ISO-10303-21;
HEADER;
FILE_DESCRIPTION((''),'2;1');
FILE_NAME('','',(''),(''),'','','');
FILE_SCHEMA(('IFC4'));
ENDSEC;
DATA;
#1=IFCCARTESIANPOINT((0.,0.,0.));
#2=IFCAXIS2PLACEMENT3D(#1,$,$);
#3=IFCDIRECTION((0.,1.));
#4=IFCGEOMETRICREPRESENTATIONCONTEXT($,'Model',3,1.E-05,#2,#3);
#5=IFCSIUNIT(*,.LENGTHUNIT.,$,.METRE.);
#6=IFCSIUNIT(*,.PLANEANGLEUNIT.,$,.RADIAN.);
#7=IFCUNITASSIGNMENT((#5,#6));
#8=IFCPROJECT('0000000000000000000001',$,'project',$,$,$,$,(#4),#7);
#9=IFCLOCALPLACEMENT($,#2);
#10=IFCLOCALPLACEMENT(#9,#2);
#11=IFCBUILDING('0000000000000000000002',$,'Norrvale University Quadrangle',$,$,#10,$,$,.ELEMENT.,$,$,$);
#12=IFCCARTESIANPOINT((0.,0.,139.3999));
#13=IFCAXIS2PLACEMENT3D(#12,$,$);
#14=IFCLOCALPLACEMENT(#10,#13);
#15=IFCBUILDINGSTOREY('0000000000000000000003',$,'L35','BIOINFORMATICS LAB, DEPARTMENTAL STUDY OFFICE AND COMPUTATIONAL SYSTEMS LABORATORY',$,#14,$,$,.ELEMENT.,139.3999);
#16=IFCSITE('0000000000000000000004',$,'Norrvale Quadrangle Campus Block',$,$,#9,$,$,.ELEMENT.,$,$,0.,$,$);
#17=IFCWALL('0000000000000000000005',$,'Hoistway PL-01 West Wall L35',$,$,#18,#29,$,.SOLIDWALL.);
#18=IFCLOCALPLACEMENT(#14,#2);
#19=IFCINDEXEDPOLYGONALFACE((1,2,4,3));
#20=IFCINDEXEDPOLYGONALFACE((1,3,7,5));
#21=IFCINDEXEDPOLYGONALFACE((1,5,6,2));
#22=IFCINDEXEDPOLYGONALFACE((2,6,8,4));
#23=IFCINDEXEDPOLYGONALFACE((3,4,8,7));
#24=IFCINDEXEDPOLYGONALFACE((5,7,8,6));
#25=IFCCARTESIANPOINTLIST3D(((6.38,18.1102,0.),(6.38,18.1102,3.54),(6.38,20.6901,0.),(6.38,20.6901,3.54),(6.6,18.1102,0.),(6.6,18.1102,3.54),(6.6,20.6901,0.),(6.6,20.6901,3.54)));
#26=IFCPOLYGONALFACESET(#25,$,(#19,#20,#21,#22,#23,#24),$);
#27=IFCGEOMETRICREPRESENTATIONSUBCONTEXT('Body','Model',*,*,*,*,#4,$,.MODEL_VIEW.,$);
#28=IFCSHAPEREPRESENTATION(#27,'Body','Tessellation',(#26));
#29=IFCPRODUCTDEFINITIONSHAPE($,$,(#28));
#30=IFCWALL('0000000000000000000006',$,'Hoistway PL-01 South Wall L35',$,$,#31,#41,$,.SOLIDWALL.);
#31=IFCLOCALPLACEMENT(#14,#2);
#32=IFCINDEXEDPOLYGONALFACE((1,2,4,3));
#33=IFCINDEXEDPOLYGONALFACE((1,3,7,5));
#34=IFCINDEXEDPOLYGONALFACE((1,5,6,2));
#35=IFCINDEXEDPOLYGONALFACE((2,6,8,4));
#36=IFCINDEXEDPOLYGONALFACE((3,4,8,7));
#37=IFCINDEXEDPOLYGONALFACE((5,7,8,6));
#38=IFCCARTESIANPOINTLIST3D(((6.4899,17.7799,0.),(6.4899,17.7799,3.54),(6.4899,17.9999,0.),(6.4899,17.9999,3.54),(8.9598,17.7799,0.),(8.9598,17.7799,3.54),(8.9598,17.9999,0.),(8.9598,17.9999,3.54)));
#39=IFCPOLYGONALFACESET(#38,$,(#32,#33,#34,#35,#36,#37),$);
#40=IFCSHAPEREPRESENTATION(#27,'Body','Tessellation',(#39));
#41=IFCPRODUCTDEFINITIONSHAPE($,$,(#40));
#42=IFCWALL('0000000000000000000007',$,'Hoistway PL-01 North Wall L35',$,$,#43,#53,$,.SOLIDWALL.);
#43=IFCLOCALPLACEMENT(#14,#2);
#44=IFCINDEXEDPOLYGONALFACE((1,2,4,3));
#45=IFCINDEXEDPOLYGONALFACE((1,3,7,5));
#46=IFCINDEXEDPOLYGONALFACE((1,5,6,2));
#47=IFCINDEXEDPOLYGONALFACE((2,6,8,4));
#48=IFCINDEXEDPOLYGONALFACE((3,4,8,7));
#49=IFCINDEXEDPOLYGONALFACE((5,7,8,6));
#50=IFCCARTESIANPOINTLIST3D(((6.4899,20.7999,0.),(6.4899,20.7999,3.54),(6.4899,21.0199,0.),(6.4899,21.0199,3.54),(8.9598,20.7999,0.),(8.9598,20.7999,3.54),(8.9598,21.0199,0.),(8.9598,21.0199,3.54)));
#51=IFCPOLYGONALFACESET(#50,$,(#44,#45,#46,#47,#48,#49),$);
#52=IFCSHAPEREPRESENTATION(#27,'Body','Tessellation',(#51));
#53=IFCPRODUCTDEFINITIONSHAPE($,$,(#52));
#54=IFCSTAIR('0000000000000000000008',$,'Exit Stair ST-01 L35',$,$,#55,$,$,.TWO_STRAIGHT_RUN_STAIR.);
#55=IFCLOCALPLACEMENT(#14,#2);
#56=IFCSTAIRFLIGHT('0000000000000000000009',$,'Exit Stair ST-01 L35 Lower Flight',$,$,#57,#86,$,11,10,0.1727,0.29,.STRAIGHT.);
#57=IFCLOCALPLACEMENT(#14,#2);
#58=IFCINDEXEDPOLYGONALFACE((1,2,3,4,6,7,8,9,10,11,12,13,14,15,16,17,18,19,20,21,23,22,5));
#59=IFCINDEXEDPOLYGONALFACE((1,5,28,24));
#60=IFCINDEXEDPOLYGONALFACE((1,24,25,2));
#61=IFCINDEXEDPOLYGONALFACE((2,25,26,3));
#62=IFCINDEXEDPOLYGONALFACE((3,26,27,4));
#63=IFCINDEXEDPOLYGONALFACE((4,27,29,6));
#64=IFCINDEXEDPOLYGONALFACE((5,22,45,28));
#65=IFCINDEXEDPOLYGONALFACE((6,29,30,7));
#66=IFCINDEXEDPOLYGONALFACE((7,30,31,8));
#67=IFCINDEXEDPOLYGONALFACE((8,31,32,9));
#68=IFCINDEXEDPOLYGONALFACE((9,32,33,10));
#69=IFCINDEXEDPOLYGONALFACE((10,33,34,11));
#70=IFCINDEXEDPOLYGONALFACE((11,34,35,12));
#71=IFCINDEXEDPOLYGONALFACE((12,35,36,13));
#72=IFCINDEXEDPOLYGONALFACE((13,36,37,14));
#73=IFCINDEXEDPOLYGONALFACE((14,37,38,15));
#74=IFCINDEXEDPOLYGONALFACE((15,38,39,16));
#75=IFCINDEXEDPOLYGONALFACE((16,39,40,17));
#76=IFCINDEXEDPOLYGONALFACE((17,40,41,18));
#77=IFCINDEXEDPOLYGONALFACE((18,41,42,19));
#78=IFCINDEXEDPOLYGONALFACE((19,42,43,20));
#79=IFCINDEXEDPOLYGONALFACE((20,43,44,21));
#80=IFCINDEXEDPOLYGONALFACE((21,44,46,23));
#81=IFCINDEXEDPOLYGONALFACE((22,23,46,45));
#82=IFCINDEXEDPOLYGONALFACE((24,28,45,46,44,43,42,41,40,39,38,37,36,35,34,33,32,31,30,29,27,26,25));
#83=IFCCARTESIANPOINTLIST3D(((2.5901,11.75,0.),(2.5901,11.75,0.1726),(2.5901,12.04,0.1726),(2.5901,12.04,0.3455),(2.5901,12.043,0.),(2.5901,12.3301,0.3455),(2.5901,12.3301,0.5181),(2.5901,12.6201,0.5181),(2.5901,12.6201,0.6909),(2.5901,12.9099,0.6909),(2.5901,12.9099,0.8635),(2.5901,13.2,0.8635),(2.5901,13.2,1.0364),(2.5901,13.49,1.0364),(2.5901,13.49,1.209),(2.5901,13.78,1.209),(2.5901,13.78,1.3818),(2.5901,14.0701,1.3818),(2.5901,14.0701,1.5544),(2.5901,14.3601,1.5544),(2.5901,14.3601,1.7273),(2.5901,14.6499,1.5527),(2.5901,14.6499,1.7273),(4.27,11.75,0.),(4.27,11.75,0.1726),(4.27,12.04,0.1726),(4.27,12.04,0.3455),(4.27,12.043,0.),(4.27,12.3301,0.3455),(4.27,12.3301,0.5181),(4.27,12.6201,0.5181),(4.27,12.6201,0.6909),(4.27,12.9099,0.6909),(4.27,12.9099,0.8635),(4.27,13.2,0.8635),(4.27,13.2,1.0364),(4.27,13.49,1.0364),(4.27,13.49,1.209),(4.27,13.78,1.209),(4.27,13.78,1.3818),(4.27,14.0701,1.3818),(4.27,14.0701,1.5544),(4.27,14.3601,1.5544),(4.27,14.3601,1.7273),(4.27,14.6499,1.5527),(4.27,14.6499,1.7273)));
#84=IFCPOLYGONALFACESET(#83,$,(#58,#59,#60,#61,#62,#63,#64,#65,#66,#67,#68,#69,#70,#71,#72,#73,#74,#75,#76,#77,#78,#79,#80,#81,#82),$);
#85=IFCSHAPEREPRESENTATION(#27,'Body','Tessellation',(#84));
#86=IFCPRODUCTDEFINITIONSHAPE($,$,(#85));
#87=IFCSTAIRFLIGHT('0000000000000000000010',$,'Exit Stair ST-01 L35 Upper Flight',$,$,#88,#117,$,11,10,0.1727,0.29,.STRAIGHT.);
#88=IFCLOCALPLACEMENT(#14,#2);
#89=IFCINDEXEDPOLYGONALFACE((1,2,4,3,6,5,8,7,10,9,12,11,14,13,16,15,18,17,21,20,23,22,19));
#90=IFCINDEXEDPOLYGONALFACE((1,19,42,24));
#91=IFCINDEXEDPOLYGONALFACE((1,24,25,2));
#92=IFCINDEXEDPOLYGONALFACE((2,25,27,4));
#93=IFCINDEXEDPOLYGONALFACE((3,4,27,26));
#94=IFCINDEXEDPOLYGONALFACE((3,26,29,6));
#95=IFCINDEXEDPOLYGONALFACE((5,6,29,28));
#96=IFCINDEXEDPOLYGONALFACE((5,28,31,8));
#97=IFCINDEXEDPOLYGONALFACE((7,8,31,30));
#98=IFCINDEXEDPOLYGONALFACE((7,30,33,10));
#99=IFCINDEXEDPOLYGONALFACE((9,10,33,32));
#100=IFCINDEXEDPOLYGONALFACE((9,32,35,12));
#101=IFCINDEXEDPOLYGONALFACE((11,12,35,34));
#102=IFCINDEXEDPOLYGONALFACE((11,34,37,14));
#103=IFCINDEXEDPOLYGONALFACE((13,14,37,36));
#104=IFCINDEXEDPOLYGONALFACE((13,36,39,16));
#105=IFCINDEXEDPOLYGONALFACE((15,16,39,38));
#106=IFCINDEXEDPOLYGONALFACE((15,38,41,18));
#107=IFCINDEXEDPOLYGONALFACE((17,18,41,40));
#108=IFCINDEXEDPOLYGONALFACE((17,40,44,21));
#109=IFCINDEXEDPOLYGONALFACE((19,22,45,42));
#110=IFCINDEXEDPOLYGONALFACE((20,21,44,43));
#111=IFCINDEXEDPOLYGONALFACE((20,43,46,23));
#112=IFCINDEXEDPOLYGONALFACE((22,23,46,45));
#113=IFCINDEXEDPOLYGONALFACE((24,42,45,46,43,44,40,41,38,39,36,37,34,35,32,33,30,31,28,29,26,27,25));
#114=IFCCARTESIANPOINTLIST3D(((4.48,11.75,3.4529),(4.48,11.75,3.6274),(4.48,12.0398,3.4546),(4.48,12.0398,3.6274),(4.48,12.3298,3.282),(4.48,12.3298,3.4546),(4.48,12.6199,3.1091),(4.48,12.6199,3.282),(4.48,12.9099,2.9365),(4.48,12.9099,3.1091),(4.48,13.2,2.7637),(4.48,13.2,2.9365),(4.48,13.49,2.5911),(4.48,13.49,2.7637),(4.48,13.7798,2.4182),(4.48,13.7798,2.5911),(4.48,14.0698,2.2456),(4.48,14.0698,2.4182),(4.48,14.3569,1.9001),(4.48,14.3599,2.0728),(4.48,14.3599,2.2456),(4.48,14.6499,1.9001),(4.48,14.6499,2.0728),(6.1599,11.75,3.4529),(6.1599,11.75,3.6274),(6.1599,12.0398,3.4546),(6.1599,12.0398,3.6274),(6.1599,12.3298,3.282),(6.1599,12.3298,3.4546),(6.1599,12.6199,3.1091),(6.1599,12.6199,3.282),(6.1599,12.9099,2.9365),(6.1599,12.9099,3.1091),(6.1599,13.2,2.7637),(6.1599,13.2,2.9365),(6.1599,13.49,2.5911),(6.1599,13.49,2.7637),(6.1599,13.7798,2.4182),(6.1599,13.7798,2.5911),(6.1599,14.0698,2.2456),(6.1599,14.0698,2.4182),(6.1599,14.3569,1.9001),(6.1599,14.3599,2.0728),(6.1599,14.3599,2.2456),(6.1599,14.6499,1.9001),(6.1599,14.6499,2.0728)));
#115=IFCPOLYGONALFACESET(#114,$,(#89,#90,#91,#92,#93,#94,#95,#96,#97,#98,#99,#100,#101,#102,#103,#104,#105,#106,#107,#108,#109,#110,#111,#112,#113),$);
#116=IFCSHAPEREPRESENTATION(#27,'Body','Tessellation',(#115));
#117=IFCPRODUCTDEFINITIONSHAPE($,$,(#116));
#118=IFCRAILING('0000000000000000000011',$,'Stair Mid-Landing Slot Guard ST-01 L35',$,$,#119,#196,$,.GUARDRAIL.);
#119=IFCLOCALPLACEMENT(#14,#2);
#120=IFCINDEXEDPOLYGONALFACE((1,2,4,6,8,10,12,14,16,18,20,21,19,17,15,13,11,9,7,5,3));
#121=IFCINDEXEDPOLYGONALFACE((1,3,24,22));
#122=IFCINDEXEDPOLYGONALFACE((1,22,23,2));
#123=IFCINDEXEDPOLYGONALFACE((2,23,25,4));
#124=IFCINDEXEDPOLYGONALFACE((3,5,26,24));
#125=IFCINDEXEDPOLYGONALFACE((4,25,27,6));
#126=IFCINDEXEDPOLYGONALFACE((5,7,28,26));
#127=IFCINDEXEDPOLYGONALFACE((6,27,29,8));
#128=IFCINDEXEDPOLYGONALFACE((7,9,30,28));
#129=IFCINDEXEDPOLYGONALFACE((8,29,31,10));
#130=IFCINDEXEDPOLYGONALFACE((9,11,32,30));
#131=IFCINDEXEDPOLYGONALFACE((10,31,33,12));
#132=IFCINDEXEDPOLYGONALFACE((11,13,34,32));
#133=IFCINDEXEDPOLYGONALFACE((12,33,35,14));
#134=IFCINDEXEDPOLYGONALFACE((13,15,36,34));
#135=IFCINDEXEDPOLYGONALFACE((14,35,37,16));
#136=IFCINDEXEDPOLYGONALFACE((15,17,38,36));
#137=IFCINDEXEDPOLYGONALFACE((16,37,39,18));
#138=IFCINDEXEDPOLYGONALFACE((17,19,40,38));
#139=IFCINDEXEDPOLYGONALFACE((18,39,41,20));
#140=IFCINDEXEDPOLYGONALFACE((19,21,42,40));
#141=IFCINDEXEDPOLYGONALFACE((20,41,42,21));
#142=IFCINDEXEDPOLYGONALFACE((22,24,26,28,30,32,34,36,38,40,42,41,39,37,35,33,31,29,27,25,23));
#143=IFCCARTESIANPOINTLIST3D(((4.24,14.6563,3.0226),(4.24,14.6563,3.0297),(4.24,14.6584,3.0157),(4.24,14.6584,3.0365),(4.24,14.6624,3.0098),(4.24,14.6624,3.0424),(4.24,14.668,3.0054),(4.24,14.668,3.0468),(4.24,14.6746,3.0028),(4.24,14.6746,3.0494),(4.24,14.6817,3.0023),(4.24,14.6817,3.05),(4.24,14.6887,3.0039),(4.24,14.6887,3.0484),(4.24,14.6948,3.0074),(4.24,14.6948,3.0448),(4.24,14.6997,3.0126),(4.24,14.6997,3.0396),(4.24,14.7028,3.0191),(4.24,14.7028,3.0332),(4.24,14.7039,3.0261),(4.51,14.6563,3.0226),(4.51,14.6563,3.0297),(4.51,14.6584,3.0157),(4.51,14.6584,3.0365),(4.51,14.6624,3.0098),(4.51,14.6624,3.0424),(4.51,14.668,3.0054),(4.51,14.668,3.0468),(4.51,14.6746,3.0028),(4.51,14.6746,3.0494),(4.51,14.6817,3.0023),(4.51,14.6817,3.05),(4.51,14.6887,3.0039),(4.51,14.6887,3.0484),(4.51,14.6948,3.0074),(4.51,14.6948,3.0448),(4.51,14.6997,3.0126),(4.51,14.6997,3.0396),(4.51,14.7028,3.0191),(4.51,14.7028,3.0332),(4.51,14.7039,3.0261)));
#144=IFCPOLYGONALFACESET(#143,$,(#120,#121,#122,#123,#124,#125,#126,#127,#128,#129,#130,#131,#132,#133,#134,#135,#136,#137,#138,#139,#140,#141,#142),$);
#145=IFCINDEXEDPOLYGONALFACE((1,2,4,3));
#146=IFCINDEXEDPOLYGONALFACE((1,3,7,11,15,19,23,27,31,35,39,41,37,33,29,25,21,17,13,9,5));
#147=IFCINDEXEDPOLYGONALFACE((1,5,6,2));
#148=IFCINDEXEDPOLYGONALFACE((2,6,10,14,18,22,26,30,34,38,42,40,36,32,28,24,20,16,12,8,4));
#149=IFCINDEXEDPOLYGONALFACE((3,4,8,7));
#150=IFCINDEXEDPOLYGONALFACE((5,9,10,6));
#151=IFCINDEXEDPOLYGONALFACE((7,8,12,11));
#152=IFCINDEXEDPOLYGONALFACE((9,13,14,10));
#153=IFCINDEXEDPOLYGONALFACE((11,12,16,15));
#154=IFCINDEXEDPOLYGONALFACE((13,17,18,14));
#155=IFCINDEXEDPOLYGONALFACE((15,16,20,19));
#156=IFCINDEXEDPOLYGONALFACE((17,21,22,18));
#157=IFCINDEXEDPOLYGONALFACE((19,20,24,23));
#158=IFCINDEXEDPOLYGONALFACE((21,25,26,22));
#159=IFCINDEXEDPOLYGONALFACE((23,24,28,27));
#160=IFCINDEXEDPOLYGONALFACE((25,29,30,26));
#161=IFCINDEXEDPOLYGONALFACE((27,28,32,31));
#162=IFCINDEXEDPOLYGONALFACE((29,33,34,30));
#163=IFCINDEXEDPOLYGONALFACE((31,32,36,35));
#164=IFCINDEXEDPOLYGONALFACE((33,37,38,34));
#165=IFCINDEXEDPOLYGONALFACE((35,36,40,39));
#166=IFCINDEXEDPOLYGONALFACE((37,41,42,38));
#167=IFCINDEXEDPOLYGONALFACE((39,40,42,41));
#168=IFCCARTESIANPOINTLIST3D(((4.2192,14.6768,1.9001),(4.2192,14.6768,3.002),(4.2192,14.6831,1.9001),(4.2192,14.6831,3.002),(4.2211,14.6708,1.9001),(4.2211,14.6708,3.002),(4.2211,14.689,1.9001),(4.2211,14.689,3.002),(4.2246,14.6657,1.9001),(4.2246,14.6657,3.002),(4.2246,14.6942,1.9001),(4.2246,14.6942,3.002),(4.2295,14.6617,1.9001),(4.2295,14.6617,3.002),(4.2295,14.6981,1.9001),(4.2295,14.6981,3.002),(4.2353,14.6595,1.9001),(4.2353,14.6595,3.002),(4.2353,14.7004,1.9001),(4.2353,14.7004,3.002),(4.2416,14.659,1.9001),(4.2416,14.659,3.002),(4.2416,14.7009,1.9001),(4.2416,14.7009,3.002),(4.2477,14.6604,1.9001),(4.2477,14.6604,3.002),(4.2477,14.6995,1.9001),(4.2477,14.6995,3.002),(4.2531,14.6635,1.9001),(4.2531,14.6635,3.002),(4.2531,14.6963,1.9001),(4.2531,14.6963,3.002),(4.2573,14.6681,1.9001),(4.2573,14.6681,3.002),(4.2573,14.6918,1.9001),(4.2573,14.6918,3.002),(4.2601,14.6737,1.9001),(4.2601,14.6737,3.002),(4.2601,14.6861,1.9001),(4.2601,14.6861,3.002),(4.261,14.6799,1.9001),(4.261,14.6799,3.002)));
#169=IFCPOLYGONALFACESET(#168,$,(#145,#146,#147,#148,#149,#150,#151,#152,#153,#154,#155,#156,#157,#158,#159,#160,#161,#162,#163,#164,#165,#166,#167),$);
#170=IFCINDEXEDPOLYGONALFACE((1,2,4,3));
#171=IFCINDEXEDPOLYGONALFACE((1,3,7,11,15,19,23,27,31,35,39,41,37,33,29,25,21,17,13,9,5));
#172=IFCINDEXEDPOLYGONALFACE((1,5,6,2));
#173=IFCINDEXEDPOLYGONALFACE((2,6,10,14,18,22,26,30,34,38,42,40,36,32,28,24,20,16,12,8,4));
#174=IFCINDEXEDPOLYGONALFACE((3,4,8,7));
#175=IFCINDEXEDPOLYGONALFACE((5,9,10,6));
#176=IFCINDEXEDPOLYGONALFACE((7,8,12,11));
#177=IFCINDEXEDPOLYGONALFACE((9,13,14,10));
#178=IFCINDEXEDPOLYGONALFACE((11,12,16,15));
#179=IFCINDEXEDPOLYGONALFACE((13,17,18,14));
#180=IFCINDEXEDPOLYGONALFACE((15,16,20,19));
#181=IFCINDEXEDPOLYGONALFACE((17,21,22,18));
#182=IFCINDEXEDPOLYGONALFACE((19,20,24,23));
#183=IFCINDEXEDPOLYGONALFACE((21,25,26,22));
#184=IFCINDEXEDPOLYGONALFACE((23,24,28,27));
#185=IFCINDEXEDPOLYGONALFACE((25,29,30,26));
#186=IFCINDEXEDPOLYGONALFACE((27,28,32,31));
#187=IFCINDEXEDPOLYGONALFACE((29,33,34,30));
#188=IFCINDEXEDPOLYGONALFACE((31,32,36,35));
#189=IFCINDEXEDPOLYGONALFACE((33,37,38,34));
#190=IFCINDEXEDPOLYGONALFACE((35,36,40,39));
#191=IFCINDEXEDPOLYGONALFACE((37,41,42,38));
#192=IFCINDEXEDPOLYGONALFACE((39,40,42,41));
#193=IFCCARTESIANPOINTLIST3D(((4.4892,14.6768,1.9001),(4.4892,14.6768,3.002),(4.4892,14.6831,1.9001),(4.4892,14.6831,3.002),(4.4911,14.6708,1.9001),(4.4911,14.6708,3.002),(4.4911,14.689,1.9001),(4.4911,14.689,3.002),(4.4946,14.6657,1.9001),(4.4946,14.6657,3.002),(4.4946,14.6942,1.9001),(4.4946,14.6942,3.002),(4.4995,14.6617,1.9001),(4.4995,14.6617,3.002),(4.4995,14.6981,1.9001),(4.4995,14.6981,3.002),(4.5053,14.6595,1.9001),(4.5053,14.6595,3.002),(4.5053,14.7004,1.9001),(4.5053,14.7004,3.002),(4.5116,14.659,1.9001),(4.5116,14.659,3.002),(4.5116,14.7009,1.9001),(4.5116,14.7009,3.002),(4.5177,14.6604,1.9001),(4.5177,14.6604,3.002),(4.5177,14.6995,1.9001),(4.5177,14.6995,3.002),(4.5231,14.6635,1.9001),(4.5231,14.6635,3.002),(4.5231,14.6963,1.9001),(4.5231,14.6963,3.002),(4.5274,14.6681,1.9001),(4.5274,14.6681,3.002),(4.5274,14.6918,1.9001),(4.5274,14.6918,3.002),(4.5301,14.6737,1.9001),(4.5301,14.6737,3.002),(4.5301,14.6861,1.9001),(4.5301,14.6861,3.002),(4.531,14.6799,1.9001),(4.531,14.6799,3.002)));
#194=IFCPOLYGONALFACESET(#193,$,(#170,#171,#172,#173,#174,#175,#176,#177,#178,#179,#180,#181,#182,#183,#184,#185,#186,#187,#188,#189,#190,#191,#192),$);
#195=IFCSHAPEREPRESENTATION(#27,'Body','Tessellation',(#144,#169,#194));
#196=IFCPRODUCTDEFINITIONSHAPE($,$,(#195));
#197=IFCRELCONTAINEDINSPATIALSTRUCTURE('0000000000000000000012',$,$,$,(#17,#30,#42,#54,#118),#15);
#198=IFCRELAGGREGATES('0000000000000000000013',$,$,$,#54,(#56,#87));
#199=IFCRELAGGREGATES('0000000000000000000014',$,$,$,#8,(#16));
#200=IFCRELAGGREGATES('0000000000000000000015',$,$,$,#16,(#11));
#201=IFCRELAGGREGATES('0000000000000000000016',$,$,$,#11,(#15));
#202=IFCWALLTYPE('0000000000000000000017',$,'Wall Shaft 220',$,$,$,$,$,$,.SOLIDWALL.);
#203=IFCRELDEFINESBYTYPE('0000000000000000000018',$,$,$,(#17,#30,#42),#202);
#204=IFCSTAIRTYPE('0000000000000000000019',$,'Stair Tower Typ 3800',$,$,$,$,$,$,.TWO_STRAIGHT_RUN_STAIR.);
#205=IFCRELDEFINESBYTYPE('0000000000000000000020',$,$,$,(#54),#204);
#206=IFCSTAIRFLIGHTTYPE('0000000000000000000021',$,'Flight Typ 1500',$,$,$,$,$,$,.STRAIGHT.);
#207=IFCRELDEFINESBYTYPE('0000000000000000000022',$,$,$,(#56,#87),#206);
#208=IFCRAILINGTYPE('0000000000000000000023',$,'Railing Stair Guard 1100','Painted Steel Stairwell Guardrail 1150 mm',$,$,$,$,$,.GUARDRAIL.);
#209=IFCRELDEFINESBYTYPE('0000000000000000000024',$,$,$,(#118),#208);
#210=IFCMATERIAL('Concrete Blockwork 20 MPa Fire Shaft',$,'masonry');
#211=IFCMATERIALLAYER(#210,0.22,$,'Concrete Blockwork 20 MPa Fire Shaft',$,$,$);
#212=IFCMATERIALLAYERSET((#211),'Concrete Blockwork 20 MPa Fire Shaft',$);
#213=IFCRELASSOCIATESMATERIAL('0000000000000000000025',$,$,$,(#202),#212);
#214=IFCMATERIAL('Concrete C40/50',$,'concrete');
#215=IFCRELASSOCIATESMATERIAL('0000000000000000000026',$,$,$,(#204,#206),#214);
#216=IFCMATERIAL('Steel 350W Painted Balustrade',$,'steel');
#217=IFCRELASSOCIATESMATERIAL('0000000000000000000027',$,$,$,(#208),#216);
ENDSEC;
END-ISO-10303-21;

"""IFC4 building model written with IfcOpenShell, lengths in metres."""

from ifc_helpers import new_model, si_unit, direction, frame, frame_2d, origin, origin_2d, place, context, subcontext, project, spatial, polyline, rectangle, circle, outline, extrude, material, layer, layer_set, type_object, element, aggregate, save


model = new_model("IFC4")

# Units and contexts
model_context = context("Model", 3, precision=1e-05, world=origin(), true_north=direction((0.0, 1.0)))
body_context = subcontext(model_context, "Body", "Model", "MODEL_VIEW")
ifc_project = project(units=[si_unit("LENGTHUNIT", "METRE"), si_unit("PLANEANGLEUNIT", "RADIAN")], contexts=[model_context])

# Site, building, storey
site_placement = place(None, origin())
site = spatial("IfcSite", under=ifc_project, at=site_placement, Name="Norrvale Quadrangle Campus Block", CompositionType="ELEMENT", RefElevation=0.0)
building_placement = place(site_placement, origin())
building = spatial("IfcBuilding", under=site, at=building_placement, Name="Norrvale University Quadrangle", CompositionType="ELEMENT")
storey_placement = place(building_placement, frame((0.0, 0.0, 139.3999)))
storey = spatial("IfcBuildingStorey", under=building, at=storey_placement, Name="L35", Description="BIOINFORMATICS LAB, DEPARTMENTAL STUDY OFFICE AND COMPUTATIONAL SYSTEMS LABORATORY", CompositionType="ELEMENT", Elevation=139.3999)

# Walls
ifc_material_1 = material(Name="Concrete Blockwork 20 MPa Fire Shaft", Category="masonry")
ifc_layer_1 = layer(ifc_material_1, 0.22, Name="Concrete Blockwork 20 MPa Fire Shaft")
ifc_layer_set_1 = layer_set([ifc_layer_1], Name="Concrete Blockwork 20 MPa Fire Shaft")
wall_type_1 = type_object("IfcWallType", Name="Wall Shaft 220", PredefinedType="SOLIDWALL", material=ifc_layer_set_1)
wall_1_placement = place(storey_placement, frame((6.49, 18.1101, 0.0), z_axis=(0.0, 0.0, 1.0), x_axis=(0.0, 1.0, 0.0)))
element("IfcWall", 1, at=wall_1_placement, inside=storey, type_object=wall_type_1, Name="Hoistway PL-01 West Wall L35", PredefinedType="SOLIDWALL", context=body_context, shape_type="SweptSolid", body=[
    extrude(rectangle(XDim=2.5798, YDim=0.22, at=frame_2d((1.29, 0.0))), origin(), (0.0, 0.0, 1.0), 3.54),
])
for number, where, z_axis, x_axis, name in (
    (2, (6.49, 17.8899, 0.0), (0.0, 0.0, 1.0), (1.0, 0.0, 0.0), "Hoistway PL-01 South Wall L35"),
    (3, (6.49, 20.9099, 0.0), (0.0, 0.0, 1.0), (1.0, 0.0, 0.0), "Hoistway PL-01 North Wall L35"),
):
    element("IfcWall", number, at=place(storey_placement, frame(where, z_axis=z_axis, x_axis=x_axis)), inside=storey, type_object=wall_type_1, Name=name, PredefinedType="SOLIDWALL", context=body_context, shape_type="SweptSolid", body=[
        extrude(rectangle(XDim=2.47, YDim=0.22, at=frame_2d((1.2349, 0.0))), origin(), (0.0, 0.0, 1.0), 3.54),
    ])

# Stair, stair flights
ifc_material_2 = material(Name="Concrete C40/50", Category="concrete")
stair_type = type_object("IfcStairType", Name="Stair Tower Typ 3800", PredefinedType="TWO_STRAIGHT_RUN_STAIR", material=ifc_material_2)
stair_placement = place(storey_placement, origin())
stair = element("IfcStair", 4, at=stair_placement, inside=storey, type_object=stair_type, Name="Exit Stair ST-01 L35", PredefinedType="TWO_STRAIGHT_RUN_STAIR")
stair_flight_type = type_object("IfcStairFlightType", Name="Flight Typ 1500", PredefinedType="STRAIGHT", material=ifc_material_2)
stair_flight_1_placement = place(storey_placement, frame((3.4299, 11.75, 0.0), z_axis=(0.0, 0.0, 1.0), x_axis=(0.0, 1.0, 0.0)))
stair_flight_1 = element("IfcStairFlight", 5, at=stair_flight_1_placement, type_object=stair_flight_type, Name="Exit Stair ST-01 L35 Lower Flight", NumberOfRisers=11, NumberOfTreads=10, PredefinedType="STRAIGHT", RiserHeight=0.1727, TreadLength=0.29, context=body_context, shape_type="SweptSolid", body=[
    extrude(outline(polyline([(0.0, 0.0), (0.0, 0.1726), (0.29, 0.1726), (0.29, 0.3455), (0.5801, 0.3455), (0.5801, 0.5181), (0.8701, 0.5181), (0.8701, 0.6909), (1.1599, 0.6909), (1.1599, 0.8635), (1.45, 0.8635), (1.45, 1.0364), (1.74, 1.0364), (1.74, 1.209), (2.03, 1.209), (2.03, 1.3818), (2.3201, 1.3818), (2.3201, 1.5544), (2.6101, 1.5544), (2.6101, 1.7273), (2.8999, 1.7273), (2.8999, 1.8999), (2.8999, 1.5527), (0.293, 0.0), (0.0, 0.0)])), frame((0.0, 0.8398, 0.0), z_axis=(0.0, -1.0, 0.0), x_axis=(1.0, 0.0, 0.0)), (0.0, 0.0, 1.0), 1.6799),
])
stair_flight_2_placement = place(storey_placement, frame((5.3201, 14.6499, 1.9001), z_axis=(0.0, 0.0, 1.0), x_axis=(0.0, -1.0, 0.0)))
stair_flight_2 = element("IfcStairFlight", 6, at=stair_flight_2_placement, type_object=stair_flight_type, Name="Exit Stair ST-01 L35 Upper Flight", NumberOfRisers=11, NumberOfTreads=10, PredefinedType="STRAIGHT", RiserHeight=0.1727, TreadLength=0.29, context=body_context, shape_type="SweptSolid", body=[
    extrude(outline(polyline([(0.0, 0.0), (0.0, 0.1726), (0.29, 0.1726), (0.29, 0.3455), (0.5801, 0.3455), (0.5801, 0.5181), (0.8701, 0.5181), (0.8701, 0.6909), (1.1599, 0.6909), (1.1599, 0.8635), (1.45, 0.8635), (1.45, 1.0364), (1.74, 1.0364), (1.74, 1.209), (2.03, 1.209), (2.03, 1.3818), (2.3201, 1.3818), (2.3201, 1.5544), (2.6101, 1.5544), (2.6101, 1.7273), (2.8999, 1.7273), (2.8999, 1.8999), (2.8999, 1.5527), (0.293, 0.0), (0.0, 0.0)])), frame((0.0, 0.8398, 0.0), z_axis=(0.0, -1.0, 0.0), x_axis=(1.0, 0.0, 0.0)), (0.0, 0.0, 1.0), 1.6799),
])
aggregate(stair, [stair_flight_1, stair_flight_2])

# Railing
ifc_material_3 = material(Name="Steel 350W Painted Balustrade", Category="steel")
railing_type_1 = type_object("IfcRailingType", Name="Railing Stair Guard 1100", Description="Painted Steel Stairwell Guardrail 1150 mm", PredefinedType="GUARDRAIL", material=ifc_material_3)
railing_1_placement = place(storey_placement, frame((4.24, 14.6799, 1.9001)))
element("IfcRailing", 7, at=railing_1_placement, inside=storey, type_object=railing_type_1, Name="Stair Mid-Landing Slot Guard ST-01 L35", PredefinedType="GUARDRAIL", context=body_context, shape_type="SweptSolid", body=[
    extrude(circle(Radius=0.0239, at=origin_2d()), frame((0.0, 0.0, 1.126), z_axis=(1.0, 0.0, 0.0), x_axis=(0.0, 1.0, 0.0)), (0.0, 0.0, 1.0), 0.27),
    extrude(circle(Radius=0.021, at=origin_2d()), origin(), (0.0, 0.0, 1.0), 1.1018),
    extrude(circle(Radius=0.021, at=origin_2d()), frame((0.27, 0.0, 0.0)), (0.0, 0.0, 1.0), 1.1018),
])

save(model, "model.ifc")
